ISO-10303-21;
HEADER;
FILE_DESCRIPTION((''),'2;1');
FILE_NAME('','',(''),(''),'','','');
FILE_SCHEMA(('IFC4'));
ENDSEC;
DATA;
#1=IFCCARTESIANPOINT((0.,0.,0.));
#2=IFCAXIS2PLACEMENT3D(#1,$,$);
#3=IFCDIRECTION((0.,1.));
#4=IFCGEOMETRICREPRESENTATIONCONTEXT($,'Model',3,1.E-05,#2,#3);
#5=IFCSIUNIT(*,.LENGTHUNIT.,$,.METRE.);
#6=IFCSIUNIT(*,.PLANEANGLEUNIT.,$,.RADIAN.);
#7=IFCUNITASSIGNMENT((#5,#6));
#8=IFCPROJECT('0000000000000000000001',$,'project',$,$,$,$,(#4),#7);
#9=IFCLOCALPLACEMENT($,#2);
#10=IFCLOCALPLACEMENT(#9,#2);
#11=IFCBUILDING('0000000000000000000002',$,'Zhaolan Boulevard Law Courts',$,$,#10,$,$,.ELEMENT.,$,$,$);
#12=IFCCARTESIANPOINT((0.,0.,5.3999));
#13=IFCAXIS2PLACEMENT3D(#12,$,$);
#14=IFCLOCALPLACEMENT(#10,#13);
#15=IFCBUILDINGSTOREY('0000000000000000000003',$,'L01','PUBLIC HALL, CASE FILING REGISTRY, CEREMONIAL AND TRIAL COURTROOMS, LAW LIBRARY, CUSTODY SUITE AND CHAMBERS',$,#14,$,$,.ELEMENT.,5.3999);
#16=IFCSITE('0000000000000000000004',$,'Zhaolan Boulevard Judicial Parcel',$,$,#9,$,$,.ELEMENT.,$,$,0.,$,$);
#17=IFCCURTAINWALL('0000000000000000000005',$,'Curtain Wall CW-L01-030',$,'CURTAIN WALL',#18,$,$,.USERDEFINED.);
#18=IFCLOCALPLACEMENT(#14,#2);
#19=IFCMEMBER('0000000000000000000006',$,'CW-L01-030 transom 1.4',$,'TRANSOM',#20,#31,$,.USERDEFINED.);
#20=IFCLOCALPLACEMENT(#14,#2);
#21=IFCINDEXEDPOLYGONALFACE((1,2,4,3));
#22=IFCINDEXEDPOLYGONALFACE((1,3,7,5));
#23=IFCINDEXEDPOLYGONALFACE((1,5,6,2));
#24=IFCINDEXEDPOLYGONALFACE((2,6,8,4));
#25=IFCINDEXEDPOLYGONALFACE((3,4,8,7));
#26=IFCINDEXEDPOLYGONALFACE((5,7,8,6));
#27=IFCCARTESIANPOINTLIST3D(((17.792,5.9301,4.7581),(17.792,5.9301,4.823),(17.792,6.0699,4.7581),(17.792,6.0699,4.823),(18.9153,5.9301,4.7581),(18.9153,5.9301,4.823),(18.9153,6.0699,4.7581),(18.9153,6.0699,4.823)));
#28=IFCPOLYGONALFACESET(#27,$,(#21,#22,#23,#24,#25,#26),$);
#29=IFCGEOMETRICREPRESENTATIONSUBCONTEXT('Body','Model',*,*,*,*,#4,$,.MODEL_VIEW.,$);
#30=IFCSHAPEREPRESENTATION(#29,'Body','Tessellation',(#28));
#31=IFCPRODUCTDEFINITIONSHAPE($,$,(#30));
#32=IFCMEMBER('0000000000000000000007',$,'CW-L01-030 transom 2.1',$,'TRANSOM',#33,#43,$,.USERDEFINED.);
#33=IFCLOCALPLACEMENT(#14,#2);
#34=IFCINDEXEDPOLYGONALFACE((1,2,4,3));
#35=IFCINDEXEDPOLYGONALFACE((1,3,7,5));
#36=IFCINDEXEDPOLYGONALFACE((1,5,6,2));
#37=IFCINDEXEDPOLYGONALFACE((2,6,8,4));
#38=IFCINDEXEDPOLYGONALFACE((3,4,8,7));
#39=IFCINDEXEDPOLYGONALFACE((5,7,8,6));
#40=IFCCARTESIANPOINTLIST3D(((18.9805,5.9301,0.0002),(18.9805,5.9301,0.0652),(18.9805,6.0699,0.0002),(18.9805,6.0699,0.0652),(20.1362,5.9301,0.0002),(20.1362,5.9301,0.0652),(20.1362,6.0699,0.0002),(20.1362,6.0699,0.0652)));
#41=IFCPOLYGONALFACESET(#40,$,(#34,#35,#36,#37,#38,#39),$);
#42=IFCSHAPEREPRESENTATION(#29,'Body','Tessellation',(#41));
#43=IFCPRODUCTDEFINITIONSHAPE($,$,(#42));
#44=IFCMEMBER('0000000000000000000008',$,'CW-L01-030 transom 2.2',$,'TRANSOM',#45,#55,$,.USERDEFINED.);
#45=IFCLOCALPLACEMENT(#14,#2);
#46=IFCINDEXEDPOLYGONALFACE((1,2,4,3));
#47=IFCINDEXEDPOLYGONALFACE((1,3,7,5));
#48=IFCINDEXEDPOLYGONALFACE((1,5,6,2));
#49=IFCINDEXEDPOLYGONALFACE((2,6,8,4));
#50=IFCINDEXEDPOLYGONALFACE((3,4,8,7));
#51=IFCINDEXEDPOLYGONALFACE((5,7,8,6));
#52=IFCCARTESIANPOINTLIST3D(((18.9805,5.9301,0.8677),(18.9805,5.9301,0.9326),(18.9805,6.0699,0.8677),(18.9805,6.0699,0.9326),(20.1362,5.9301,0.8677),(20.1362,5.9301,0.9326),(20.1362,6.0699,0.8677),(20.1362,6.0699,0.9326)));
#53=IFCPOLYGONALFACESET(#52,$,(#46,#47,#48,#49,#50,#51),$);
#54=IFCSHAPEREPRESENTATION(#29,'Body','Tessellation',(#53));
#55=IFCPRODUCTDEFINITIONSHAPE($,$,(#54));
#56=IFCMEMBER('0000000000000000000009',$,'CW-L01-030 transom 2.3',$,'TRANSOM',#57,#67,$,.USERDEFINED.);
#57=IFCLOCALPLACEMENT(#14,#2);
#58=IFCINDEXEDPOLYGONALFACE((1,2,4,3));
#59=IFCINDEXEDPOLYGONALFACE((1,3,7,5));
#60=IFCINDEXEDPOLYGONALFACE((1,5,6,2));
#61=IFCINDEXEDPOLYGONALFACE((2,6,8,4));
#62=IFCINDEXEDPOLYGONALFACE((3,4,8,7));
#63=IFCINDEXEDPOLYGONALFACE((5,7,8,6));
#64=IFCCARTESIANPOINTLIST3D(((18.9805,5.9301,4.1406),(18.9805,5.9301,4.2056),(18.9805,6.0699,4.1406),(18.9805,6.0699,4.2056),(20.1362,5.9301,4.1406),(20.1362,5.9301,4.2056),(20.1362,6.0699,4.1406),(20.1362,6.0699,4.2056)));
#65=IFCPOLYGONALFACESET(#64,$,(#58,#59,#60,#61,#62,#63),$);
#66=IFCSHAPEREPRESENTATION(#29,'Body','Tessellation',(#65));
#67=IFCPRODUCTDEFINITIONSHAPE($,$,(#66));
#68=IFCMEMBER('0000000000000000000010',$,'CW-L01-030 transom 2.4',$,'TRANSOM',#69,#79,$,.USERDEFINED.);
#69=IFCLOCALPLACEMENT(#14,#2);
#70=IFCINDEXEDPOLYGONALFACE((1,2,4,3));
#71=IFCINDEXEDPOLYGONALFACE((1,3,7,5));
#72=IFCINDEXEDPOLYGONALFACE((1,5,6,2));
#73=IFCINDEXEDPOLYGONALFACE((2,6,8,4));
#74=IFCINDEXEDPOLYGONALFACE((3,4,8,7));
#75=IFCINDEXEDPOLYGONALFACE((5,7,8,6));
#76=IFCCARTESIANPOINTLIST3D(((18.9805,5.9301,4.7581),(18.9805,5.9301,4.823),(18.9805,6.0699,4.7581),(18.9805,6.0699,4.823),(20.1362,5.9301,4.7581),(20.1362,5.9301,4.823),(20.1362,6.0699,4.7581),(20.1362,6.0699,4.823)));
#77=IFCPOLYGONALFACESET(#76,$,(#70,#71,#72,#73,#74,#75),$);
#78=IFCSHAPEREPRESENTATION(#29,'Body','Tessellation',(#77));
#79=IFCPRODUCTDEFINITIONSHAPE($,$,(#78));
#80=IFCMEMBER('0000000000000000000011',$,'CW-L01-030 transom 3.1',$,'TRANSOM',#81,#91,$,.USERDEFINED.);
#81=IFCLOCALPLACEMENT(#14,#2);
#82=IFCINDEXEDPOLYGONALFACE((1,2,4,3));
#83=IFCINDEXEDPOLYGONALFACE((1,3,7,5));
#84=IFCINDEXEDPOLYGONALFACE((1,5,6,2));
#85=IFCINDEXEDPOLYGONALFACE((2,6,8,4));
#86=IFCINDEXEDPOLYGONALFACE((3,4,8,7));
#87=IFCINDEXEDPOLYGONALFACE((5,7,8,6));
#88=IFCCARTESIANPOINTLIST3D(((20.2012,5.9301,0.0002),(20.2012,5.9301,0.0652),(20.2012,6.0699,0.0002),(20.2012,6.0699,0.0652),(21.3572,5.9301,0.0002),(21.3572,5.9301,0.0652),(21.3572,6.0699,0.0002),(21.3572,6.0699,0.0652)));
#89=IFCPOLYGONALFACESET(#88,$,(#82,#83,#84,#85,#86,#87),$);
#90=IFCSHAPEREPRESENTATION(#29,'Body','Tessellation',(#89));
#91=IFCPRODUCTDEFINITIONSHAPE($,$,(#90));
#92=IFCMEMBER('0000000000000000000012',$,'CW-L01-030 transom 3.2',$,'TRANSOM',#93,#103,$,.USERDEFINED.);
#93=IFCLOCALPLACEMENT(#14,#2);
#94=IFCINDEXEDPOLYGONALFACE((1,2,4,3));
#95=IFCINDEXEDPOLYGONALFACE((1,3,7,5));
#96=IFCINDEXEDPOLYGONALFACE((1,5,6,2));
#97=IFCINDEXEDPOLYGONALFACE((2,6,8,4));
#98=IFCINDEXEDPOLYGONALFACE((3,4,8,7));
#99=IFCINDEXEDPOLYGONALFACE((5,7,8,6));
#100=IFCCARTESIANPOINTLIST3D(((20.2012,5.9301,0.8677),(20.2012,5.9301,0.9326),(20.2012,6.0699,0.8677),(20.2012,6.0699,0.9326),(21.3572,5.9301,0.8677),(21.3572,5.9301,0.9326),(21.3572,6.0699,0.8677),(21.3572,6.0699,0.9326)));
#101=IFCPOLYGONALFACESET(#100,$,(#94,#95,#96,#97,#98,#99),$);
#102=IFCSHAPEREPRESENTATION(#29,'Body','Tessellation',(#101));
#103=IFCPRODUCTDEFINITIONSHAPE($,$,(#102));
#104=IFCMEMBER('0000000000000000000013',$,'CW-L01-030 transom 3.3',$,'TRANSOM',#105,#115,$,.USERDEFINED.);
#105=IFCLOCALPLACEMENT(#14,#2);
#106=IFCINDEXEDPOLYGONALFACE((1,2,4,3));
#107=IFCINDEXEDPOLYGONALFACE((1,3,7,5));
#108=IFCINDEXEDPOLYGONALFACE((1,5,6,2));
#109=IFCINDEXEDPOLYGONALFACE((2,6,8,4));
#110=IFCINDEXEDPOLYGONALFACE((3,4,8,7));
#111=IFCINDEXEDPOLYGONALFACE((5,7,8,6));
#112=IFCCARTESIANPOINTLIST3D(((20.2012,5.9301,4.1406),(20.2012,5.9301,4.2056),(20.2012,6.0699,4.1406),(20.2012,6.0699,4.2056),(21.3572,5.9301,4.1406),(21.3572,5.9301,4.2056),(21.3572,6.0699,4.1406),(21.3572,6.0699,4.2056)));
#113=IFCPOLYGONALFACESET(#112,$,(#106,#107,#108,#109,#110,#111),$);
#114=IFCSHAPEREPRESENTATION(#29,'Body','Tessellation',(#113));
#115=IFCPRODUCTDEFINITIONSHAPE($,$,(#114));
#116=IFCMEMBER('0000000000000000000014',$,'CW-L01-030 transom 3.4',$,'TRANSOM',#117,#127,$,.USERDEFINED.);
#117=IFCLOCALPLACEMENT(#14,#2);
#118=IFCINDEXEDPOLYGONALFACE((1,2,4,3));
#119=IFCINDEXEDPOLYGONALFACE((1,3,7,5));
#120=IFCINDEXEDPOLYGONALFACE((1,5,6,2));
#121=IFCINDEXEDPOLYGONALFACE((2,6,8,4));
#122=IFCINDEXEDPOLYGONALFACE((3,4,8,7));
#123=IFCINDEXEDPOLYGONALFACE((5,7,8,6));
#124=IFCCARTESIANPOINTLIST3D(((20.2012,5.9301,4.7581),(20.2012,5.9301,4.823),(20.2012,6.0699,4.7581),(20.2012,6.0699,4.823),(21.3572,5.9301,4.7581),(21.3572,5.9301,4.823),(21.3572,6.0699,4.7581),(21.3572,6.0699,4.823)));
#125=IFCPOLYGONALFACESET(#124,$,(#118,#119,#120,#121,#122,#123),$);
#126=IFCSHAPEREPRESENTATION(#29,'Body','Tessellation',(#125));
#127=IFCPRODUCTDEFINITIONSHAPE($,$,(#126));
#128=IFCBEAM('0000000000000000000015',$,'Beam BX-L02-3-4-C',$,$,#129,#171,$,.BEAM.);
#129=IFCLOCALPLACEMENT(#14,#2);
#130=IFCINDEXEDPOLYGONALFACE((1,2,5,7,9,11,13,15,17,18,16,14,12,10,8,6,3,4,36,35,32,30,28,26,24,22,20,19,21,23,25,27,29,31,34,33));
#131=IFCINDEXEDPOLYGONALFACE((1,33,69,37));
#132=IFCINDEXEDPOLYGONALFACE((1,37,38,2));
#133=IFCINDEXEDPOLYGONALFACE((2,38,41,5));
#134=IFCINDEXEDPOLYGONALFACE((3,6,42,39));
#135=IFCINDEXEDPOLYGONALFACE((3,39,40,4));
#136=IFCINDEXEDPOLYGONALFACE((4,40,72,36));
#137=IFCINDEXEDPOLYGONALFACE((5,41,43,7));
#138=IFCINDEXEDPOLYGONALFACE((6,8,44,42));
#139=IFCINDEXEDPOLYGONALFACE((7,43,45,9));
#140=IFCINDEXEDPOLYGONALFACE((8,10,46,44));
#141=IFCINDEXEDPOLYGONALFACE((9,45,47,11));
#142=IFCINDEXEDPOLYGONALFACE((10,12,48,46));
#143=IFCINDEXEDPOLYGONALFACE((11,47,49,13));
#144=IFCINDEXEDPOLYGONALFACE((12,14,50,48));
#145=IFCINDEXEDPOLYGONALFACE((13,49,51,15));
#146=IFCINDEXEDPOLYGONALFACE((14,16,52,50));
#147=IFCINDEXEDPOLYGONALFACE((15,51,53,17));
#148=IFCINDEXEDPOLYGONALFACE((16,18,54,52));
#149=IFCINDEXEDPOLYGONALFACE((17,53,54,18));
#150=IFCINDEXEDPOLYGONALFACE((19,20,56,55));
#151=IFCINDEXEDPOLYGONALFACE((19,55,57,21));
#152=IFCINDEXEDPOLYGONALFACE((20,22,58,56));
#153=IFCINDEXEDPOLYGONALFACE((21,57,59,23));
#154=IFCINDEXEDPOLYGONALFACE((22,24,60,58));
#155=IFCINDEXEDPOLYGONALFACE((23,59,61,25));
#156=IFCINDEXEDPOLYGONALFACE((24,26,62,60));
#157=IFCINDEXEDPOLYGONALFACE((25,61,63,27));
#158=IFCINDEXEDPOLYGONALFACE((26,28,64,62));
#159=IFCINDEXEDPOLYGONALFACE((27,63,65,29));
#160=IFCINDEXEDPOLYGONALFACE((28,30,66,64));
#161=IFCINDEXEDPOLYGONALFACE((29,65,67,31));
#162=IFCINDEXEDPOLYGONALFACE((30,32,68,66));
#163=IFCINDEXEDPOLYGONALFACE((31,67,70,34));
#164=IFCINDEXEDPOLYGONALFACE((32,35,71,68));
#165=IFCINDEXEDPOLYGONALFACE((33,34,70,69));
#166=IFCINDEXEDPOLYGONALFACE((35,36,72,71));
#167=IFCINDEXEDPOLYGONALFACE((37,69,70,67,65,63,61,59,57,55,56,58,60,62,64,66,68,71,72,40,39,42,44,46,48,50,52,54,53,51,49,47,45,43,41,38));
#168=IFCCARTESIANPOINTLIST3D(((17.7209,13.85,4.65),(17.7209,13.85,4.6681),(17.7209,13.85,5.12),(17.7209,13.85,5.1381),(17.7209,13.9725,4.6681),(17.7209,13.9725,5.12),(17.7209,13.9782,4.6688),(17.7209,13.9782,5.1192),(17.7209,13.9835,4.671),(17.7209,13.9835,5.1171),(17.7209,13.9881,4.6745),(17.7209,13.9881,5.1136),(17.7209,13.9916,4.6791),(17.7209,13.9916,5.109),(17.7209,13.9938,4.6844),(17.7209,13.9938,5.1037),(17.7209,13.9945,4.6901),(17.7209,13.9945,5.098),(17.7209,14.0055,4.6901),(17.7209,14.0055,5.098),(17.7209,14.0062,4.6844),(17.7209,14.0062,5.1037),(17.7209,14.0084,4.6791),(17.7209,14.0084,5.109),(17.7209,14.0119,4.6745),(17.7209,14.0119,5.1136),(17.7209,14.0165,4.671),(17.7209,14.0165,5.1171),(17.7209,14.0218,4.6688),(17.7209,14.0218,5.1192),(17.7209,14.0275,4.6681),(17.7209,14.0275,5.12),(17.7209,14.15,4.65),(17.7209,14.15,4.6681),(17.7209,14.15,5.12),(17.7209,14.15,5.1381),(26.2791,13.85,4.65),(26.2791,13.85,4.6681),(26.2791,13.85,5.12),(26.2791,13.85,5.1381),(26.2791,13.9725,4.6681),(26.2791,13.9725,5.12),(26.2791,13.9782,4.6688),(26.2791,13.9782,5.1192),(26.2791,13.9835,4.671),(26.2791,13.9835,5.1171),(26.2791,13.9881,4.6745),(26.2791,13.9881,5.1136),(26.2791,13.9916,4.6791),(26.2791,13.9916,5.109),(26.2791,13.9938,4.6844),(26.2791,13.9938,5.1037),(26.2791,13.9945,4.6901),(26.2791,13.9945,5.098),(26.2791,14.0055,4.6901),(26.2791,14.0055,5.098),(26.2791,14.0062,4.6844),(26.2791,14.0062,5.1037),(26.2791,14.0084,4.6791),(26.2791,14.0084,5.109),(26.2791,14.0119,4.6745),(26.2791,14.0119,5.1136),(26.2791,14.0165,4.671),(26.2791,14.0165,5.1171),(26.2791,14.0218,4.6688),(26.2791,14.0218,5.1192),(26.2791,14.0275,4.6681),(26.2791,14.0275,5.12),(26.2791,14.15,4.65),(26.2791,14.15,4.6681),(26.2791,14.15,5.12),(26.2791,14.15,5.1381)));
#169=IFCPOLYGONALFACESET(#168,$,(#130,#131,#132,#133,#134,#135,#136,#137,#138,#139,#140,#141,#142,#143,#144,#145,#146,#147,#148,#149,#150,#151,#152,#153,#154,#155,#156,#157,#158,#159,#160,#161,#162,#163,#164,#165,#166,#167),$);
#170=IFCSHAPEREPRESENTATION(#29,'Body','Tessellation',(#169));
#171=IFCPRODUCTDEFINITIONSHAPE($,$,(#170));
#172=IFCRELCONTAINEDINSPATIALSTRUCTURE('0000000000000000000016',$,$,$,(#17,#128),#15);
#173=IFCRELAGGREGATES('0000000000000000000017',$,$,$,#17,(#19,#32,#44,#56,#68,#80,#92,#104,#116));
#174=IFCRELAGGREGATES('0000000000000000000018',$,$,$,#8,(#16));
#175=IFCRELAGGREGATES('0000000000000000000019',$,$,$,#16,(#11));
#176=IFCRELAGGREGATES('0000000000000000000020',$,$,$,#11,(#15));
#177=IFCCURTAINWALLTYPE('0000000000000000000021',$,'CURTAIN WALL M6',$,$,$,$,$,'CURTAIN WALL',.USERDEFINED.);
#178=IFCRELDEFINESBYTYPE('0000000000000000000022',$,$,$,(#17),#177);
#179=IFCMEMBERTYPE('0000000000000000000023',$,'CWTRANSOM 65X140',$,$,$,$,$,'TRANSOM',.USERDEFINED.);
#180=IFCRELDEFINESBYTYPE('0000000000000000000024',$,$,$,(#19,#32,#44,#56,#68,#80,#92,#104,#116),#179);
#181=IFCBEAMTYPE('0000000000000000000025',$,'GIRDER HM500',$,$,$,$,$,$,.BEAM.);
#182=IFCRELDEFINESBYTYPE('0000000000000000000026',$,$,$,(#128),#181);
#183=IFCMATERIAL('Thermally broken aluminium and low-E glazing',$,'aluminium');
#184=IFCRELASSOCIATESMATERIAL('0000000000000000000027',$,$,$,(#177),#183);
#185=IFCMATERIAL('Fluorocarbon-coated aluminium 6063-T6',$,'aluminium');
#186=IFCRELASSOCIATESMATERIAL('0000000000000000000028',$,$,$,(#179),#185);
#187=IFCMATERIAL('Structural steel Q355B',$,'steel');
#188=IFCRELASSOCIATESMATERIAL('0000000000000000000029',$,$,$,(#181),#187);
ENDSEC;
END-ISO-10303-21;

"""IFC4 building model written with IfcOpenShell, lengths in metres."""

from ifc_helpers import new_model, si_unit, direction, frame, origin, origin_2d, place, context, subcontext, project, spatial, rectangle, i_section, extrude, material, material_profile, profile_set, type_object, element, aggregate, save


model = new_model("IFC4")

# Units and contexts
model_context = context("Model", 3, precision=1e-05, world=origin(), true_north=direction((0.0, 1.0)))
body_context = subcontext(model_context, "Body", "Model", "MODEL_VIEW")
ifc_project = project(units=[si_unit("LENGTHUNIT", "METRE"), si_unit("PLANEANGLEUNIT", "RADIAN")], contexts=[model_context])

# Site, building, storey
site_placement = place(None, origin())
site = spatial("IfcSite", under=ifc_project, at=site_placement, Name="Zhaolan Boulevard Judicial Parcel", CompositionType="ELEMENT", RefElevation=0.0)
building_placement = place(site_placement, origin())
building = spatial("IfcBuilding", under=site, at=building_placement, Name="Zhaolan Boulevard Law Courts", CompositionType="ELEMENT")
storey_placement = place(building_placement, frame((0.0, 0.0, 5.3999)))
storey = spatial("IfcBuildingStorey", under=building, at=storey_placement, Name="L01", Description="PUBLIC HALL, CASE FILING REGISTRY, CEREMONIAL AND TRIAL COURTROOMS, LAW LIBRARY, CUSTODY SUITE AND CHAMBERS", CompositionType="ELEMENT", Elevation=5.3999)

# Curtain wall, members
ifc_material_1 = material(Name="Thermally broken aluminium and low-E glazing", Category="aluminium")
curtain_wall_type = type_object("IfcCurtainWallType", Name="CURTAIN WALL M6", ElementType="CURTAIN WALL", PredefinedType="USERDEFINED", material=ifc_material_1)
curtain_wall_placement = place(storey_placement, origin())
curtain_wall = element("IfcCurtainWall", 1, at=curtain_wall_placement, inside=storey, type_object=curtain_wall_type, Name="Curtain Wall CW-L01-030", ObjectType="CURTAIN WALL", PredefinedType="USERDEFINED")
ifc_material_2 = material(Name="Fluorocarbon-coated aluminium 6063-T6", Category="aluminium")
ifc_material_profile_1 = material_profile(ifc_material_2, rectangle(XDim=0.1399, YDim=0.0649, at=origin_2d()), Name="AL65x140")
ifc_profile_set_1 = profile_set([ifc_material_profile_1], Name="Fluorocarbon-coated aluminium 6063-T6")
member_type_1 = type_object("IfcMemberType", Name="CWTRANSOM 65X140", ElementType="TRANSOM", PredefinedType="USERDEFINED", material=ifc_profile_set_1)
member_1_placement = place(storey_placement, frame((17.792, 6.0, 4.7905), z_axis=(1.0, 0.0, 0.0), x_axis=(0.0, 1.0, 0.0)))
member_1 = element("IfcMember", 2, at=member_1_placement, type_object=member_type_1, Name="CW-L01-030 transom 1.4", ObjectType="TRANSOM", PredefinedType="USERDEFINED", context=body_context, shape_type="SweptSolid", body=[
    extrude(rectangle(XDim=0.1399, YDim=0.0649, at=origin_2d()), origin(), (0.0, 0.0, 1.0), 1.1233),
])
member_2_placement = place(storey_placement, frame((18.9805, 6.0, 0.0327), z_axis=(1.0, 0.0, 0.0), x_axis=(0.0, 1.0, 0.0)))
member_2 = element("IfcMember", 3, at=member_2_placement, type_object=member_type_1, Name="CW-L01-030 transom 2.1", ObjectType="TRANSOM", PredefinedType="USERDEFINED", context=body_context, shape_type="SweptSolid", body=[
    extrude(rectangle(XDim=0.1399, YDim=0.0649, at=origin_2d()), origin(), (0.0, 0.0, 1.0), 1.1558),
])
member_3_placement = place(storey_placement, frame((18.9805, 6.0, 0.9001), z_axis=(1.0, 0.0, 0.0), x_axis=(0.0, 1.0, 0.0)))
member_3 = element("IfcMember", 4, at=member_3_placement, type_object=member_type_1, Name="CW-L01-030 transom 2.2", ObjectType="TRANSOM", PredefinedType="USERDEFINED", context=body_context, shape_type="SweptSolid", body=[
    extrude(rectangle(XDim=0.1399, YDim=0.0649, at=origin_2d()), origin(), (0.0, 0.0, 1.0), 1.1558),
])
member_4_placement = place(storey_placement, frame((18.9805, 6.0, 4.1731), z_axis=(1.0, 0.0, 0.0), x_axis=(0.0, 1.0, 0.0)))
member_4 = element("IfcMember", 5, at=member_4_placement, type_object=member_type_1, Name="CW-L01-030 transom 2.3", ObjectType="TRANSOM", PredefinedType="USERDEFINED", context=body_context, shape_type="SweptSolid", body=[
    extrude(rectangle(XDim=0.1399, YDim=0.0649, at=origin_2d()), origin(), (0.0, 0.0, 1.0), 1.1558),
])
member_5_placement = place(storey_placement, frame((18.9805, 6.0, 4.7905), z_axis=(1.0, 0.0, 0.0), x_axis=(0.0, 1.0, 0.0)))
member_5 = element("IfcMember", 6, at=member_5_placement, type_object=member_type_1, Name="CW-L01-030 transom 2.4", ObjectType="TRANSOM", PredefinedType="USERDEFINED", context=body_context, shape_type="SweptSolid", body=[
    extrude(rectangle(XDim=0.1399, YDim=0.0649, at=origin_2d()), origin(), (0.0, 0.0, 1.0), 1.1558),
])
member_6_placement = place(storey_placement, frame((20.2012, 6.0, 0.0327), z_axis=(1.0, 0.0, 0.0), x_axis=(0.0, 1.0, 0.0)))
member_6 = element("IfcMember", 7, at=member_6_placement, type_object=member_type_1, Name="CW-L01-030 transom 3.1", ObjectType="TRANSOM", PredefinedType="USERDEFINED", context=body_context, shape_type="SweptSolid", body=[
    extrude(rectangle(XDim=0.1399, YDim=0.0649, at=origin_2d()), origin(), (0.0, 0.0, 1.0), 1.156),
])
member_7_placement = place(storey_placement, frame((20.2012, 6.0, 0.9001), z_axis=(1.0, 0.0, 0.0), x_axis=(0.0, 1.0, 0.0)))
member_7 = element("IfcMember", 8, at=member_7_placement, type_object=member_type_1, Name="CW-L01-030 transom 3.2", ObjectType="TRANSOM", PredefinedType="USERDEFINED", context=body_context, shape_type="SweptSolid", body=[
    extrude(rectangle(XDim=0.1399, YDim=0.0649, at=origin_2d()), origin(), (0.0, 0.0, 1.0), 1.156),
])
member_8_placement = place(storey_placement, frame((20.2012, 6.0, 4.1731), z_axis=(1.0, 0.0, 0.0), x_axis=(0.0, 1.0, 0.0)))
member_8 = element("IfcMember", 9, at=member_8_placement, type_object=member_type_1, Name="CW-L01-030 transom 3.3", ObjectType="TRANSOM", PredefinedType="USERDEFINED", context=body_context, shape_type="SweptSolid", body=[
    extrude(rectangle(XDim=0.1399, YDim=0.0649, at=origin_2d()), origin(), (0.0, 0.0, 1.0), 1.156),
])
member_9_placement = place(storey_placement, frame((20.2012, 6.0, 4.7905), z_axis=(1.0, 0.0, 0.0), x_axis=(0.0, 1.0, 0.0)))
member_9 = element("IfcMember", 10, at=member_9_placement, type_object=member_type_1, Name="CW-L01-030 transom 3.4", ObjectType="TRANSOM", PredefinedType="USERDEFINED", context=body_context, shape_type="SweptSolid", body=[
    extrude(rectangle(XDim=0.1399, YDim=0.0649, at=origin_2d()), origin(), (0.0, 0.0, 1.0), 1.156),
])

# Beam
ifc_material_3 = material(Name="Structural steel Q355B", Category="steel")
ifc_material_profile_2 = material_profile(ifc_material_3, i_section(OverallWidth=0.3, OverallDepth=0.488, WebThickness=0.011, FlangeThickness=0.0181, FilletRadius=0.022, at=origin_2d()), Name="HM488x300")
ifc_profile_set_2 = profile_set([ifc_material_profile_2], Name="Structural steel Q355B")
beam_type_1 = type_object("IfcBeamType", Name="GIRDER HM500", PredefinedType="BEAM", material=ifc_profile_set_2)
for number, where, z_axis, x_axis, name in (
    (11, (17.7209, 14.0, 4.894), (1.0, 0.0, 0.0), (0.0, 1.0, 0.0), "Beam BX-L02-3-4-C"),
):
    element("IfcBeam", number, at=place(storey_placement, frame(where, z_axis=z_axis, x_axis=x_axis)), inside=storey, type_object=beam_type_1, Name=name, PredefinedType="BEAM", context=body_context, shape_type="SweptSolid", body=[
        extrude(i_section(OverallWidth=0.3, OverallDepth=0.488, WebThickness=0.011, FlangeThickness=0.0181, FilletRadius=0.022, at=origin_2d()), origin(), (0.0, 0.0, 1.0), 8.5581),
    ])

aggregate(curtain_wall, [member_1, member_2, member_3, member_4, member_5, member_6, member_7, member_8, member_9])

save(model, "model.ifc")
